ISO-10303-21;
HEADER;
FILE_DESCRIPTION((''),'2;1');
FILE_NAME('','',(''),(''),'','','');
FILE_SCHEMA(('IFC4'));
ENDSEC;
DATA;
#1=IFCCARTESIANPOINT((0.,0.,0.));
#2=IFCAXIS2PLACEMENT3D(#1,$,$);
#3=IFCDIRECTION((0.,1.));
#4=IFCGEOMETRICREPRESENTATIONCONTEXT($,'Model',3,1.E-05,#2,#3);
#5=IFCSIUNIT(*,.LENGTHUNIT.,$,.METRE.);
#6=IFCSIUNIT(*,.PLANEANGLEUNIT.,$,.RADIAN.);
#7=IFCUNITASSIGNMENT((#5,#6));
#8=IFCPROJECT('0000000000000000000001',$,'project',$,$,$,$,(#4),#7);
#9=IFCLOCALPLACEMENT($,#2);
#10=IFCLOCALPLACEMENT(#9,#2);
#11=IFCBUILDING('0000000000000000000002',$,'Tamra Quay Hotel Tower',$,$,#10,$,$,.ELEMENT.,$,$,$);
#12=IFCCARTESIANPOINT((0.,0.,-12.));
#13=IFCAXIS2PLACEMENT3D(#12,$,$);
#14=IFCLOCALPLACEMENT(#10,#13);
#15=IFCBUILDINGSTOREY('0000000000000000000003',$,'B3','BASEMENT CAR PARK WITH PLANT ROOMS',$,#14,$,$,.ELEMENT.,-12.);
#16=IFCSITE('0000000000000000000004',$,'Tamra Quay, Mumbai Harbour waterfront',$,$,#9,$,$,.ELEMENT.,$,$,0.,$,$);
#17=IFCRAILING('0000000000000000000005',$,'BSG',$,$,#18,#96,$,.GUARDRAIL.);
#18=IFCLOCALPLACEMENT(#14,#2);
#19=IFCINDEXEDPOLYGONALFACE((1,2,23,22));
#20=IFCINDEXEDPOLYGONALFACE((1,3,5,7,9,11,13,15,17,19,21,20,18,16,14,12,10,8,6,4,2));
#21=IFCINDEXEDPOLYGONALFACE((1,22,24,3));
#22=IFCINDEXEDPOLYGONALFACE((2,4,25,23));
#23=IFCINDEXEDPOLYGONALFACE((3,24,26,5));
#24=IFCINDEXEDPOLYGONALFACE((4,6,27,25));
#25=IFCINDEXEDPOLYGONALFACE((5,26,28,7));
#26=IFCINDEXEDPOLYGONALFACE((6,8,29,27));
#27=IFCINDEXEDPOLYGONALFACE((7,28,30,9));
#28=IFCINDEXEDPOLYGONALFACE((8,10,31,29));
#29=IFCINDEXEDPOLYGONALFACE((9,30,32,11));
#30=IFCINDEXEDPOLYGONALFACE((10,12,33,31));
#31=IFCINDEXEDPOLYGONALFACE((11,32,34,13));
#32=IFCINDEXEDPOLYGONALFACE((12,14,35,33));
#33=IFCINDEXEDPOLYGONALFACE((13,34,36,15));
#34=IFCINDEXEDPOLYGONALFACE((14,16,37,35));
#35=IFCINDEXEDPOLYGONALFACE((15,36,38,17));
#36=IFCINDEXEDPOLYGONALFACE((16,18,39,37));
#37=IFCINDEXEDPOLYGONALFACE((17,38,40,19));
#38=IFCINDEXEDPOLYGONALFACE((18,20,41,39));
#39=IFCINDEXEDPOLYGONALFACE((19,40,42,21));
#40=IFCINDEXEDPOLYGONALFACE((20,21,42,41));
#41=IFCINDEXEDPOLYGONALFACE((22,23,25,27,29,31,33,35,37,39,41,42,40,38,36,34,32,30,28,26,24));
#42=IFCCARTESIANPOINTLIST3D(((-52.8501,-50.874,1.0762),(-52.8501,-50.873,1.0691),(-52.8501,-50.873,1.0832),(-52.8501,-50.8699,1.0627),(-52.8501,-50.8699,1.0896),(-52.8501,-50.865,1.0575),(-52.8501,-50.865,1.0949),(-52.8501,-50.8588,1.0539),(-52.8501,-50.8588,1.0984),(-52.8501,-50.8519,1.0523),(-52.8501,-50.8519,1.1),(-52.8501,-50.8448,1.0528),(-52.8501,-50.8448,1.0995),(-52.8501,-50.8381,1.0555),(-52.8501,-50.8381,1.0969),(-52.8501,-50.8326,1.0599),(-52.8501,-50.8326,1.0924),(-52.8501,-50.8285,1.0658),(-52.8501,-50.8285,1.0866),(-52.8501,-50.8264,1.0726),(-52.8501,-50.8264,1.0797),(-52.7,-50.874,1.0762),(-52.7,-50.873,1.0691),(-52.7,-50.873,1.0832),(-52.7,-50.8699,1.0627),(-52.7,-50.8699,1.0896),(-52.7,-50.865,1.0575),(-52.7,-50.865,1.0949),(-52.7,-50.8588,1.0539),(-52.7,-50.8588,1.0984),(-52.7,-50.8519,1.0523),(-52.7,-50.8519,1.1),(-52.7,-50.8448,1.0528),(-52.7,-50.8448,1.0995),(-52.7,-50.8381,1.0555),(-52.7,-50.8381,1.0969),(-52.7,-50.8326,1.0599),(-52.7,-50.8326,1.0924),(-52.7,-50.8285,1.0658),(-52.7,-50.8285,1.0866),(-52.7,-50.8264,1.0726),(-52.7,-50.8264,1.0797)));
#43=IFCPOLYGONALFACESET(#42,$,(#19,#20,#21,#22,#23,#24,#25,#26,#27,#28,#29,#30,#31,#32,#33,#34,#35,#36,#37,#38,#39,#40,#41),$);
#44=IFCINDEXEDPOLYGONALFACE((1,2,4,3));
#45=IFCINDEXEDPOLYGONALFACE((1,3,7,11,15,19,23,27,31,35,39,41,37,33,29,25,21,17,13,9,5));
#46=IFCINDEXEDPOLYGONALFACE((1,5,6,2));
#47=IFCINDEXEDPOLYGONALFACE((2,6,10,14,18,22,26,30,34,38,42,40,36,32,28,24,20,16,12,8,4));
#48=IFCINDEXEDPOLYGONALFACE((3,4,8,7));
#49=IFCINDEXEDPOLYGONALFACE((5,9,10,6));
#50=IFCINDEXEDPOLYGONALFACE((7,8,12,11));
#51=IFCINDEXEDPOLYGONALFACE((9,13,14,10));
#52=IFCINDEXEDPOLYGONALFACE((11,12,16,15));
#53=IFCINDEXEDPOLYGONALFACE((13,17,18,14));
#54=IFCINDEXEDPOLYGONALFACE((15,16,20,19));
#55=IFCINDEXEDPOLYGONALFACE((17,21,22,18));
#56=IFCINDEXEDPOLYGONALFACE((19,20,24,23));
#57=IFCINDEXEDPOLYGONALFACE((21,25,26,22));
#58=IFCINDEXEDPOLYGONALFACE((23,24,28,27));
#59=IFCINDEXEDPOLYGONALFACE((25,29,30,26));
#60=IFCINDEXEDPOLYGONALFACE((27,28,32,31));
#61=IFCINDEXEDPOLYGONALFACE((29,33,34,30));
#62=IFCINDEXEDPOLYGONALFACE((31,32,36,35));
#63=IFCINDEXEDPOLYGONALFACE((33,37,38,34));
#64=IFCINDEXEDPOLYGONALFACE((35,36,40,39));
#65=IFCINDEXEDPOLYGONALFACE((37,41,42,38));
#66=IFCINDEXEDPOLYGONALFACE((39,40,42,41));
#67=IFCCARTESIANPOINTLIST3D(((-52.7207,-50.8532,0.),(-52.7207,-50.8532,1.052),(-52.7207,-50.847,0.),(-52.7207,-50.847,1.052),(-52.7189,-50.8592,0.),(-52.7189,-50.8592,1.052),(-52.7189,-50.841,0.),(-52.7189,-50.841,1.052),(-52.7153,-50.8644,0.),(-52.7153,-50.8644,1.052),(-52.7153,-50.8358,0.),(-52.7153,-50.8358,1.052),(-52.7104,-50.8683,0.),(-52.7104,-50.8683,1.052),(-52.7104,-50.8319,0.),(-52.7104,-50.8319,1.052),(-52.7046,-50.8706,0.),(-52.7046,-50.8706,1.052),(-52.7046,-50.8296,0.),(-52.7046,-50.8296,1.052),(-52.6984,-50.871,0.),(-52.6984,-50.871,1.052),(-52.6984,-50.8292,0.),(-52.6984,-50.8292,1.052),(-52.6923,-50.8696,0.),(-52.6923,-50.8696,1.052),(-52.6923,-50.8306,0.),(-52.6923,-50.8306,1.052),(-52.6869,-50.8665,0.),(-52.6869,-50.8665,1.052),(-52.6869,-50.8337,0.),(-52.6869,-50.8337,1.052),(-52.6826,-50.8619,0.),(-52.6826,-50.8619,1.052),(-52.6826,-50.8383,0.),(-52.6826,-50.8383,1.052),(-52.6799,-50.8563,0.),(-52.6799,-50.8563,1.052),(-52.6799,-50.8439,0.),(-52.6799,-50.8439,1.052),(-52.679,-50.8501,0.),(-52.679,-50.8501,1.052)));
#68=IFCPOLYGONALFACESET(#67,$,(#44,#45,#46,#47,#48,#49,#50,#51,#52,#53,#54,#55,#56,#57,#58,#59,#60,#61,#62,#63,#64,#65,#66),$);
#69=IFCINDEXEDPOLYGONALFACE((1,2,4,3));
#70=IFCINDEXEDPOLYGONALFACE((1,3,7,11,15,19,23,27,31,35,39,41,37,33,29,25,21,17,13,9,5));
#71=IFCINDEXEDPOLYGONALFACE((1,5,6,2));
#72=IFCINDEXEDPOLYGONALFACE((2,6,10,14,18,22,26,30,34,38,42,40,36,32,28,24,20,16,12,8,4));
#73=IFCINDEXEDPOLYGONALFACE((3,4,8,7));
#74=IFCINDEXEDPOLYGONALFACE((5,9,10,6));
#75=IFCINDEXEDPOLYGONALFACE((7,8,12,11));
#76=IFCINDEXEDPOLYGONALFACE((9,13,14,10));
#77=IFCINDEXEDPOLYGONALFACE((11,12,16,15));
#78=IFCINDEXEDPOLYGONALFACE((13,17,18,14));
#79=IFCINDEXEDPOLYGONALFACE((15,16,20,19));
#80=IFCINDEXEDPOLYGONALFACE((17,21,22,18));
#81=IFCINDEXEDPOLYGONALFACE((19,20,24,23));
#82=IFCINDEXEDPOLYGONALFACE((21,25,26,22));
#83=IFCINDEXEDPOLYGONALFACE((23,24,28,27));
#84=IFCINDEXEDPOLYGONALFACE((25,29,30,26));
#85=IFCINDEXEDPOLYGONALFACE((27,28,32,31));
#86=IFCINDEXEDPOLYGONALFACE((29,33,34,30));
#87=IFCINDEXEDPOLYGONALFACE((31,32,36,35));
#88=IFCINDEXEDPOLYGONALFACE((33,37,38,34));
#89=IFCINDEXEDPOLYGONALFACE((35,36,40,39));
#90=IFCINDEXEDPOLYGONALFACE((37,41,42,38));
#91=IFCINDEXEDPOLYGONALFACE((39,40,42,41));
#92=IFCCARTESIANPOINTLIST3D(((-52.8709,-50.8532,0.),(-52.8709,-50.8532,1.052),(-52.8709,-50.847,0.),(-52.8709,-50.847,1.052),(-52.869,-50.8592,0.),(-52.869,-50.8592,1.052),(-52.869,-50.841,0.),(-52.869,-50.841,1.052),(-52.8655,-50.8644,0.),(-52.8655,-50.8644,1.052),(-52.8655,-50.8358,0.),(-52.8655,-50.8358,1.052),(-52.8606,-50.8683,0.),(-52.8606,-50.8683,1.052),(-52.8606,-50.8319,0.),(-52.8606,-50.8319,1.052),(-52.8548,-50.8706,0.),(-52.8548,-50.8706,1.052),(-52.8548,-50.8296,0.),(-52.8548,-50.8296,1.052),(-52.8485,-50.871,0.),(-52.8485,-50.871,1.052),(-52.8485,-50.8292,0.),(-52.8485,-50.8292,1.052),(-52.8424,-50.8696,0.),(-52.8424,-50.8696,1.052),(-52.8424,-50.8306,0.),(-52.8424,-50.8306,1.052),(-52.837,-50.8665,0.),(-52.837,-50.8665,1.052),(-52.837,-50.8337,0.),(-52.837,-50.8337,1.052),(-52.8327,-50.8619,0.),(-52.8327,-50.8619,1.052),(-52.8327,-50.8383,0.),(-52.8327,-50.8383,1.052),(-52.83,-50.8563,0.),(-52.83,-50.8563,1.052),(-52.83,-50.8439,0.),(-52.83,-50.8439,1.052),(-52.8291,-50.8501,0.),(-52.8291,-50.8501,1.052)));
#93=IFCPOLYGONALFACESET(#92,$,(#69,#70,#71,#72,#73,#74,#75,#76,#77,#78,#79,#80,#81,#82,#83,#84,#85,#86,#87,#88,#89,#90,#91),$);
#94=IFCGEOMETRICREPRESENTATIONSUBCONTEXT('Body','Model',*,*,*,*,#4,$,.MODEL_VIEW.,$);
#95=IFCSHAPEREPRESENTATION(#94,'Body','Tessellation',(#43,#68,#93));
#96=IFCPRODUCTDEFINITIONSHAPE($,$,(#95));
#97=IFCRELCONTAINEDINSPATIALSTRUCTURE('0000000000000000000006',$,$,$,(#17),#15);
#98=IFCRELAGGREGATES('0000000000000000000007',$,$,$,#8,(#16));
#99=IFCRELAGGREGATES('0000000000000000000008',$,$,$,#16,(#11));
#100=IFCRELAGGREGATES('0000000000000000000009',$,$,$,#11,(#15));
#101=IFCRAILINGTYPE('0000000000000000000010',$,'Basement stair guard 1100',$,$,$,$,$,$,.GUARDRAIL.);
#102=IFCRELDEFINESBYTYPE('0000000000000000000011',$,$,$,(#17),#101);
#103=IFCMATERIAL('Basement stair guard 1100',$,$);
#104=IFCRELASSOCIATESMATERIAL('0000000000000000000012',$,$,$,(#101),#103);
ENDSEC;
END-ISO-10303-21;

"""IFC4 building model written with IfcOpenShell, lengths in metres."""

from ifc_helpers import new_model, si_unit, direction, frame, origin, origin_2d, place, context, subcontext, project, spatial, circle, extrude, material, type_object, element, save


model = new_model("IFC4")

# Units and contexts
model_context = context("Model", 3, precision=1e-05, world=origin(), true_north=direction((0.0, 1.0)))
body_context = subcontext(model_context, "Body", "Model", "MODEL_VIEW")
ifc_project = project(units=[si_unit("LENGTHUNIT", "METRE"), si_unit("PLANEANGLEUNIT", "RADIAN")], contexts=[model_context])

# Site, building, storey
site_placement = place(None, origin())
site = spatial("IfcSite", under=ifc_project, at=site_placement, Name="Tamra Quay, Mumbai Harbour waterfront", CompositionType="ELEMENT", RefElevation=0.0)
building_placement = place(site_placement, origin())
building = spatial("IfcBuilding", under=site, at=building_placement, Name="Tamra Quay Hotel Tower", CompositionType="ELEMENT")
storey_placement = place(building_placement, frame((0.0, 0.0, -12.0)))
storey = spatial("IfcBuildingStorey", under=building, at=storey_placement, Name="B3", Description="BASEMENT CAR PARK WITH PLANT ROOMS", CompositionType="ELEMENT", Elevation=-12.0)

# Railing
ifc_material_1 = material(Name="Basement stair guard 1100")
railing_type_1 = type_object("IfcRailingType", Name="Basement stair guard 1100", PredefinedType="GUARDRAIL", material=ifc_material_1)
railing_1_placement = place(storey_placement, frame((-52.7, -50.8501, 0.0)))
element("IfcRailing", 1, at=railing_1_placement, inside=storey, type_object=railing_type_1, Name="BSG", PredefinedType="GUARDRAIL", context=body_context, shape_type="SweptSolid", body=[
    extrude(circle(Radius=0.0239, at=origin_2d()), frame((0.0, 0.0, 1.0762), z_axis=(-1.0, 0.0, 0.0), x_axis=(0.0, -1.0, 0.0)), (0.0, 0.0, 1.0), 0.1501),
    extrude(circle(Radius=0.021, at=origin_2d()), origin(), (0.0, 0.0, 1.0), 1.052),
    extrude(circle(Radius=0.021, at=origin_2d()), frame((-0.1501, 0.0, 0.0)), (0.0, 0.0, 1.0), 1.052),
])

save(model, "model.ifc")
